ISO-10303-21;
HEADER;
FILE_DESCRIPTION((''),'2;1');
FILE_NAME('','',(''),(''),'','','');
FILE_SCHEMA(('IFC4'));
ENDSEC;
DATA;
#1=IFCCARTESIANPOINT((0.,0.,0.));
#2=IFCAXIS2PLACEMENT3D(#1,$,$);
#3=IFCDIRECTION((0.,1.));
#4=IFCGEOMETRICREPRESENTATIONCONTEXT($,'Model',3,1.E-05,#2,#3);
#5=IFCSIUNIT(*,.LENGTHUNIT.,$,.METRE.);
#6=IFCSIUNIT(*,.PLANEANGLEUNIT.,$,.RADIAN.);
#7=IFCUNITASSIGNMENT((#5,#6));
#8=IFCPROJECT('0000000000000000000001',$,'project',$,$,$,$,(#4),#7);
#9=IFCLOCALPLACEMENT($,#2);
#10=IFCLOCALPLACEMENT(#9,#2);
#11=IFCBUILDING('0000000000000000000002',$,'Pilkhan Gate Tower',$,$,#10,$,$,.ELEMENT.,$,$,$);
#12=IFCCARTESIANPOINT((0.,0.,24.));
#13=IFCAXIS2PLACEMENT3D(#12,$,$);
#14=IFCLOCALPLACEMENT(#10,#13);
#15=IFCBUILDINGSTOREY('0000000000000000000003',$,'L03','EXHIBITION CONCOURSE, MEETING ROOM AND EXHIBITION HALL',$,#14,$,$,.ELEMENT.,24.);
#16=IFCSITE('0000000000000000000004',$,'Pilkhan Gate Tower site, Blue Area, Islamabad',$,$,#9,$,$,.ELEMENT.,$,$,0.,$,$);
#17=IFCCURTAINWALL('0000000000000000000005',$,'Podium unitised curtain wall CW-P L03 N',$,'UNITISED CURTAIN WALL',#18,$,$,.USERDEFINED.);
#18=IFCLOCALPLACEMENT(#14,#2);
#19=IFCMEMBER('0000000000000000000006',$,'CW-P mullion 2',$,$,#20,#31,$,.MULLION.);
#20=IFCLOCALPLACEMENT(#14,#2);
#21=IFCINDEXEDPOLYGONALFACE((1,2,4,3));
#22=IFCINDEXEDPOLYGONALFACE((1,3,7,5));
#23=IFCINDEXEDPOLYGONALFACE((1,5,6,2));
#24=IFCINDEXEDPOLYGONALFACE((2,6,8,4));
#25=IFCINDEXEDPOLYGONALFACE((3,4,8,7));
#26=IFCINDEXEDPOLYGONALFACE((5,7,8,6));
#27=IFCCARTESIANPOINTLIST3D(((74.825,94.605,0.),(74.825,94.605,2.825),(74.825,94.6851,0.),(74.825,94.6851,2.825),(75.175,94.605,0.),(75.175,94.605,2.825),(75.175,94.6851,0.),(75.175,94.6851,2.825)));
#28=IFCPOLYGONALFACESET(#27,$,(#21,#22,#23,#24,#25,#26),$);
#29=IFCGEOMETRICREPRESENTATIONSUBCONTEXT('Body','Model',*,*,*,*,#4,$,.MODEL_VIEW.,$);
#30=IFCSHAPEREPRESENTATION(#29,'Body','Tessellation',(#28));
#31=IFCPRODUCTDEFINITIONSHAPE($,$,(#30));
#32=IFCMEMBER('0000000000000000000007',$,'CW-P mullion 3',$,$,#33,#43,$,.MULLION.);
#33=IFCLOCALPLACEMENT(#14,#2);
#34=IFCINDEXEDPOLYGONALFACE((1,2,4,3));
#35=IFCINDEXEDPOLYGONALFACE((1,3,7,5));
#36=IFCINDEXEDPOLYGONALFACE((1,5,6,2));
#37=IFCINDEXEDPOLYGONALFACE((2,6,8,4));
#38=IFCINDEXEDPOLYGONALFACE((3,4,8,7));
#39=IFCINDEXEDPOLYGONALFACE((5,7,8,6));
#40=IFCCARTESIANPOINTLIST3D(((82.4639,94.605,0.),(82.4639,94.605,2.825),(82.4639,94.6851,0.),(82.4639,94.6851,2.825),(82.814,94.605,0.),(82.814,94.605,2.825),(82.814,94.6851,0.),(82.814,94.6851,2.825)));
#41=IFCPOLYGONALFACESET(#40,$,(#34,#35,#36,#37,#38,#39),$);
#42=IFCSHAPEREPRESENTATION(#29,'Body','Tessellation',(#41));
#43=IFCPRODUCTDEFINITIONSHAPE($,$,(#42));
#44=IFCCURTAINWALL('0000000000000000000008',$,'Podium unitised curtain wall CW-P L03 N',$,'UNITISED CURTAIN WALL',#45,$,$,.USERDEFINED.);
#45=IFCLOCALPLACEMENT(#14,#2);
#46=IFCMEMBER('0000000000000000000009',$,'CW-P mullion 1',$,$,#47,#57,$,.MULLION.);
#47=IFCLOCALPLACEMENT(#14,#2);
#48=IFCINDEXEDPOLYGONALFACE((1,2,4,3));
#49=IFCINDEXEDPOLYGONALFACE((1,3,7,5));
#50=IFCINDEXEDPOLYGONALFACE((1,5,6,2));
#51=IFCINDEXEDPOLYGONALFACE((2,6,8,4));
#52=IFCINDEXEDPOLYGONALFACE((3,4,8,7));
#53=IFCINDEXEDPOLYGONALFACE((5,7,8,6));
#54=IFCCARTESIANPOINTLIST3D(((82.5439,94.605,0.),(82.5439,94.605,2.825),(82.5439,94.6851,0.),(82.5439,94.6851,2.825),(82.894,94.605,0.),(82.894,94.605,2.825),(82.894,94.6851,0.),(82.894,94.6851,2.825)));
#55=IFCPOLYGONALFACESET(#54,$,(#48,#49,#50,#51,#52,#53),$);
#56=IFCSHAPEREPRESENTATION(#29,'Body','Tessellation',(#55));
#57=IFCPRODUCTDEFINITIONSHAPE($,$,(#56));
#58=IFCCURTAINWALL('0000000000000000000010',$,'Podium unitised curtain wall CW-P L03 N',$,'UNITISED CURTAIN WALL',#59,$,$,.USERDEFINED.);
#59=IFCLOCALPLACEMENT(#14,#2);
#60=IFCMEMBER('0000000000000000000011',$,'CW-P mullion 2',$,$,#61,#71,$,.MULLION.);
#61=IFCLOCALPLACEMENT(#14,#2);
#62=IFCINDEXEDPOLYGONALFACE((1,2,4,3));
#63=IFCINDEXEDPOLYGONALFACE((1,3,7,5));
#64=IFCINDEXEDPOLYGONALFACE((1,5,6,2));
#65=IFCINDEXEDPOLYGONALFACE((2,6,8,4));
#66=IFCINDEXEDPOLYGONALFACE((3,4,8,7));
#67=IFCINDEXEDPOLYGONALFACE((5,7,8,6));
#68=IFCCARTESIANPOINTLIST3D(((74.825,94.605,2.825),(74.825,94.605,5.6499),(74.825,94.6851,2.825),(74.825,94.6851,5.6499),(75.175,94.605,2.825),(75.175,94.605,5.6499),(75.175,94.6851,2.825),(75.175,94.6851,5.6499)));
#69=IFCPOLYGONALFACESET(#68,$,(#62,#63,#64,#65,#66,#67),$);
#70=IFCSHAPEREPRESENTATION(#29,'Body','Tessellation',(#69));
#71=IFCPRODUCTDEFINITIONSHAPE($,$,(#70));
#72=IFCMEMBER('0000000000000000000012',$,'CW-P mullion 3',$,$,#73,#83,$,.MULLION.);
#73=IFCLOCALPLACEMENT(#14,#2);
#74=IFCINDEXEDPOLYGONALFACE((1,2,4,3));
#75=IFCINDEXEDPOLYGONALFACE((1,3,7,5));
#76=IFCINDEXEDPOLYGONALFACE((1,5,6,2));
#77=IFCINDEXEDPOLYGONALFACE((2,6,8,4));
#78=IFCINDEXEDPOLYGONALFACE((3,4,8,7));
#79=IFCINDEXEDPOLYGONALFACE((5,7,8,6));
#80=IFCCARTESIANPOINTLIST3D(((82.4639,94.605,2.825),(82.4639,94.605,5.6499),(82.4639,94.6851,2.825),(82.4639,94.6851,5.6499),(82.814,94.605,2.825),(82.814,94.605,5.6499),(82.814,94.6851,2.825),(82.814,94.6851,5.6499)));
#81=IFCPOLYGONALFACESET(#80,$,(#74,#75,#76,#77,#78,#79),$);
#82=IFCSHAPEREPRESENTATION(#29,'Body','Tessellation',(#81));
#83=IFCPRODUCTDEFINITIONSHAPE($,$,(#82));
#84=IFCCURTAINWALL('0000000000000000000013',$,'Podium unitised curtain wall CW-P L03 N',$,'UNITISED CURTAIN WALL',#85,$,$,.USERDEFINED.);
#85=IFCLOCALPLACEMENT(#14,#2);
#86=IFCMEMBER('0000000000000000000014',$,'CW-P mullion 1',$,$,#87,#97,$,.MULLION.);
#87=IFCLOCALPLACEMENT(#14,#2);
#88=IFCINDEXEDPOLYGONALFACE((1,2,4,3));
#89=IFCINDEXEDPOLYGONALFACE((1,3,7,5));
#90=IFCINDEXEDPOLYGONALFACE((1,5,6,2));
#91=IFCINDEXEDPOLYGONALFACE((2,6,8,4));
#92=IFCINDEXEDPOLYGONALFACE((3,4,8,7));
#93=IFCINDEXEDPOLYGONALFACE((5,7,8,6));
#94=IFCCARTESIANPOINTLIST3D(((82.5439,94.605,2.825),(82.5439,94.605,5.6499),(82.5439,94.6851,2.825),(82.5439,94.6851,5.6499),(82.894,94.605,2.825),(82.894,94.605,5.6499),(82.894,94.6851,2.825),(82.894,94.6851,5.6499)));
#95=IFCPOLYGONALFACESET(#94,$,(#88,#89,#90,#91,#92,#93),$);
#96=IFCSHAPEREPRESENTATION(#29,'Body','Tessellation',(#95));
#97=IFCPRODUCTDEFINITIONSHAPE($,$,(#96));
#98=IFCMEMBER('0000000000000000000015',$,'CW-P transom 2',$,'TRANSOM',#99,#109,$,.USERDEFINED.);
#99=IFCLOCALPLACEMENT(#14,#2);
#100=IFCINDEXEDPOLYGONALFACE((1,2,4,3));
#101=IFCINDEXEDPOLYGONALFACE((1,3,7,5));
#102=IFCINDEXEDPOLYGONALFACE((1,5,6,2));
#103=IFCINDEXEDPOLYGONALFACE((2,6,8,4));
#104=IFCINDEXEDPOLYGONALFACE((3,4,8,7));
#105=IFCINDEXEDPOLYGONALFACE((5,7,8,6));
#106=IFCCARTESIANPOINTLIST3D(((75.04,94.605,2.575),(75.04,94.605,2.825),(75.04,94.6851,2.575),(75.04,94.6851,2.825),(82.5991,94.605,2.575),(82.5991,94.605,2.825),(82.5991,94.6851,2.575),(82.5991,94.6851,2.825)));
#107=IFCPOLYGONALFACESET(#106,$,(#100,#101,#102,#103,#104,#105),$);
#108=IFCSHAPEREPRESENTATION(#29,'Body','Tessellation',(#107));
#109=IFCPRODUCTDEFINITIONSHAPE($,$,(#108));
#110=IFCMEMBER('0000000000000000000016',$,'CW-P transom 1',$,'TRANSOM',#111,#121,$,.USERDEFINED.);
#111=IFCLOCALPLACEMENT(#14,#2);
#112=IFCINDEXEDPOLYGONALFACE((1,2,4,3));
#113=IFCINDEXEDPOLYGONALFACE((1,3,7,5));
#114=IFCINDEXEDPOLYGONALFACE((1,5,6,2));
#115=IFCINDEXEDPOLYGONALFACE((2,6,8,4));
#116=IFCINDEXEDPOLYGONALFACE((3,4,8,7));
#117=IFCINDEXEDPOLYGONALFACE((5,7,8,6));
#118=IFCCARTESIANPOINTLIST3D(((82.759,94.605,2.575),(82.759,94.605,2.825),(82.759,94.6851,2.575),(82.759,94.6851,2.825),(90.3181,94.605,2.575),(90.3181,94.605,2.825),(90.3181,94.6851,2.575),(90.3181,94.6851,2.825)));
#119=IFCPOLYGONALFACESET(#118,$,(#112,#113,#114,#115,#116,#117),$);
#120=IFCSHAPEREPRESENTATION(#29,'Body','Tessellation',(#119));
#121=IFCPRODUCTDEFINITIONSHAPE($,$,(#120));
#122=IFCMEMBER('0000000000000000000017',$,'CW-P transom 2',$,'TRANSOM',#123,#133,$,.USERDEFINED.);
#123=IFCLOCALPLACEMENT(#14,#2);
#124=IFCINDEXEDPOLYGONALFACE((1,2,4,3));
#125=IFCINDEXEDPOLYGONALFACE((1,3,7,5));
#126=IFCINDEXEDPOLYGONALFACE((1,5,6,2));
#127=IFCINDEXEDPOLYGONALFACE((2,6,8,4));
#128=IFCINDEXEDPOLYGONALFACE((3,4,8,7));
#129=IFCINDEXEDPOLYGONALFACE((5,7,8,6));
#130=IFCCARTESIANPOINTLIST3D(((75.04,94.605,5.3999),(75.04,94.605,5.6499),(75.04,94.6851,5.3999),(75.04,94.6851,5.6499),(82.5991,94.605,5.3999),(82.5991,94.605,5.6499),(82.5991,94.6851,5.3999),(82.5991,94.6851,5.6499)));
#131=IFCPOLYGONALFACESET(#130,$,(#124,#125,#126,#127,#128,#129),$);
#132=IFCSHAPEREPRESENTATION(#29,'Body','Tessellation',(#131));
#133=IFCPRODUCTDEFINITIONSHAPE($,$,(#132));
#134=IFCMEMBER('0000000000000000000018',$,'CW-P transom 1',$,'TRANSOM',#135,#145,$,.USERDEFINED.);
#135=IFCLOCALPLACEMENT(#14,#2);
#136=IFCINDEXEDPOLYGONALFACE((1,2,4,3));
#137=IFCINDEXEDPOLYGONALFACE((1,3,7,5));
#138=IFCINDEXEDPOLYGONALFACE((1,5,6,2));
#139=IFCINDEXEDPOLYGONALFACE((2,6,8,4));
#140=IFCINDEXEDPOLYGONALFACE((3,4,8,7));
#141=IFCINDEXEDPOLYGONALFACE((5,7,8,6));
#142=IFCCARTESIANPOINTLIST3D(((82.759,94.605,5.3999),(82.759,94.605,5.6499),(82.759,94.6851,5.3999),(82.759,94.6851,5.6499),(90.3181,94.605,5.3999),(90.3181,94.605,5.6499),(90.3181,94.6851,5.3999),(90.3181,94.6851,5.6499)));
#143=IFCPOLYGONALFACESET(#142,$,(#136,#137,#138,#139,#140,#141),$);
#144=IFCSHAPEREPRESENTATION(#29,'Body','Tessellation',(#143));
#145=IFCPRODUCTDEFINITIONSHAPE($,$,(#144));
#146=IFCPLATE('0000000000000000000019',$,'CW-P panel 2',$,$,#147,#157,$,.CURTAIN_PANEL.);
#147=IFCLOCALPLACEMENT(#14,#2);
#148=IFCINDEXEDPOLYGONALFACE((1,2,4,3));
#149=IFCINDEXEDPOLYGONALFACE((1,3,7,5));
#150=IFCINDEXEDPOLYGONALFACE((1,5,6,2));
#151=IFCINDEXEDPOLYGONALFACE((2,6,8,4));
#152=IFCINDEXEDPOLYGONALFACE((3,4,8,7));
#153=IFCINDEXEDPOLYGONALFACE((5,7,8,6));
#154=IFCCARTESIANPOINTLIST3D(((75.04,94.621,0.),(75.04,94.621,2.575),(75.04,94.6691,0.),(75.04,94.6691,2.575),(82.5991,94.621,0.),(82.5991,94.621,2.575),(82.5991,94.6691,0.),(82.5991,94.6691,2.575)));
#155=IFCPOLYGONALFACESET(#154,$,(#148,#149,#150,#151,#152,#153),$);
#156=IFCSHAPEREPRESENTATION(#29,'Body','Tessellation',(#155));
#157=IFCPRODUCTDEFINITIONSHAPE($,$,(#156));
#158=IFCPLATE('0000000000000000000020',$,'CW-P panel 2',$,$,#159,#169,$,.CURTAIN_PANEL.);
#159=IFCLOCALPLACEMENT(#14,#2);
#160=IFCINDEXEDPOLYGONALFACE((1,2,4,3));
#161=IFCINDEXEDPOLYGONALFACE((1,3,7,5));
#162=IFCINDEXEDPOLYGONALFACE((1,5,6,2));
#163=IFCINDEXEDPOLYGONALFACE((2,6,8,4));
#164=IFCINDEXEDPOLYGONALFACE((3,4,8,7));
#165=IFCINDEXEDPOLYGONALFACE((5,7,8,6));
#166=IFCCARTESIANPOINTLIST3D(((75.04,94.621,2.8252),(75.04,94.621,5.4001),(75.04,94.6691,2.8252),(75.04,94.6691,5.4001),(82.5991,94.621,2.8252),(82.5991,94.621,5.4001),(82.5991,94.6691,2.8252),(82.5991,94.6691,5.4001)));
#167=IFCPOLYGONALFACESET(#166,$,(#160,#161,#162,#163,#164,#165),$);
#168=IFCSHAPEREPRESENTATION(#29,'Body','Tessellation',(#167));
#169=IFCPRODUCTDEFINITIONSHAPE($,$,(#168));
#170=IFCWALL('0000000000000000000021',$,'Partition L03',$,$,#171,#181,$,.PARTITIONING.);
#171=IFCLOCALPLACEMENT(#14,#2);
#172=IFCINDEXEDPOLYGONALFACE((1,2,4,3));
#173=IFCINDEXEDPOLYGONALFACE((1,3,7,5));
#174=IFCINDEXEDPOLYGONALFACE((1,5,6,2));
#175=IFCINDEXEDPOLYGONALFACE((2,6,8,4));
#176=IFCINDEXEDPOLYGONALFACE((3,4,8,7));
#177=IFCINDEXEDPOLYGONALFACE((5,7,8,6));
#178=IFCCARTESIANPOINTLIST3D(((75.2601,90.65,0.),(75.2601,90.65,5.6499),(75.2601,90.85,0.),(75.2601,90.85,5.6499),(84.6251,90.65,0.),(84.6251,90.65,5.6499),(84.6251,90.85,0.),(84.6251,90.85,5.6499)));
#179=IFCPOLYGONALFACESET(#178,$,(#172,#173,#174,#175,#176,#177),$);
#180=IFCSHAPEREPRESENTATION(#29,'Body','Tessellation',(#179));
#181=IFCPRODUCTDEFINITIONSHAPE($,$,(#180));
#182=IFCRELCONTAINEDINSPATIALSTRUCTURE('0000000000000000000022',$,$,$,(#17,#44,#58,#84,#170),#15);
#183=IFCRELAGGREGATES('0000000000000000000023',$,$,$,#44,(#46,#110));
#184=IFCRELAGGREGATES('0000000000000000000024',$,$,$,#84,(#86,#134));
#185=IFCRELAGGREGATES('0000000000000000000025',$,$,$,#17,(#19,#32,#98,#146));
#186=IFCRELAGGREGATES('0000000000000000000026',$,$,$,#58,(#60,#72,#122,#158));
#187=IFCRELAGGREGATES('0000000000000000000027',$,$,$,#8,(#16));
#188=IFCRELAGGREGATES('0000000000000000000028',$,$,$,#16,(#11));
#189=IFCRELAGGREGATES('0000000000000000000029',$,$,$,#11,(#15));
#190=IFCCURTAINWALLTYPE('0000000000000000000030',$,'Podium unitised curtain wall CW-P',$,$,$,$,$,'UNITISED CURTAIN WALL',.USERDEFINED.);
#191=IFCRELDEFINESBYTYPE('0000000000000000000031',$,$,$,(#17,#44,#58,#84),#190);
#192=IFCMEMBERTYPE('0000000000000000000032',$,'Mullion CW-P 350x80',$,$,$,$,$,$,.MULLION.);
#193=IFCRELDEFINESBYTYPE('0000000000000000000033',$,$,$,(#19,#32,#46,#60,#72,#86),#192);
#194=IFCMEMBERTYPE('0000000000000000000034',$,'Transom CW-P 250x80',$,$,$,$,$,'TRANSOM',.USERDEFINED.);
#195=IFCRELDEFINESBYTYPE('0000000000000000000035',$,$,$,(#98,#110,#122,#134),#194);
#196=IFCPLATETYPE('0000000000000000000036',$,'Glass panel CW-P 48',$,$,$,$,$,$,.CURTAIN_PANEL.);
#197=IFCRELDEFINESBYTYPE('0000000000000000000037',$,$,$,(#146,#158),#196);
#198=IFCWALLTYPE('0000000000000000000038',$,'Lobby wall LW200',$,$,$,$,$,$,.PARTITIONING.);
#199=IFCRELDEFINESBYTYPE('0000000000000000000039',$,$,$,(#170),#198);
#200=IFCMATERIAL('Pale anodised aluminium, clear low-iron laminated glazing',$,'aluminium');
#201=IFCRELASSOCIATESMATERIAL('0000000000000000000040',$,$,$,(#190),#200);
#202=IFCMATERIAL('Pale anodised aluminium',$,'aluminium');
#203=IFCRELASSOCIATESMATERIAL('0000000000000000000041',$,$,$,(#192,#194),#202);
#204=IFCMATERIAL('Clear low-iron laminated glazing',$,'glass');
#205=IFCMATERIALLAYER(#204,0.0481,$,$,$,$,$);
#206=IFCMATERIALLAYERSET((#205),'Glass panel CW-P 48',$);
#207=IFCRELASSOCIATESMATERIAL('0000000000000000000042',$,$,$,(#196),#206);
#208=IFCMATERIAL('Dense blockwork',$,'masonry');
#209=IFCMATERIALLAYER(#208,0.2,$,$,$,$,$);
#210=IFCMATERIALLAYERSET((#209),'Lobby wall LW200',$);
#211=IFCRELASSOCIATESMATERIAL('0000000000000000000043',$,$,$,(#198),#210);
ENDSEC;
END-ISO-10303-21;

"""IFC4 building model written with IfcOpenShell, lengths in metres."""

from ifc_helpers import new_model, si_unit, direction, frame, frame_2d, origin, origin_2d, place, context, subcontext, project, spatial, rectangle, extrude, material, layer, layer_set, material_profile, profile_set, type_object, element, aggregate, save


model = new_model("IFC4")

# Units and contexts
model_context = context("Model", 3, precision=1e-05, world=origin(), true_north=direction((0.0, 1.0)))
body_context = subcontext(model_context, "Body", "Model", "MODEL_VIEW")
ifc_project = project(units=[si_unit("LENGTHUNIT", "METRE"), si_unit("PLANEANGLEUNIT", "RADIAN")], contexts=[model_context])

# Site, building, storey
site_placement = place(None, origin())
site = spatial("IfcSite", under=ifc_project, at=site_placement, Name="Pilkhan Gate Tower site, Blue Area, Islamabad", CompositionType="ELEMENT", RefElevation=0.0)
building_placement = place(site_placement, origin())
building = spatial("IfcBuilding", under=site, at=building_placement, Name="Pilkhan Gate Tower", CompositionType="ELEMENT")
storey_placement = place(building_placement, frame((0.0, 0.0, 24.0)))
storey = spatial("IfcBuildingStorey", under=building, at=storey_placement, Name="L03", Description="EXHIBITION CONCOURSE, MEETING ROOM AND EXHIBITION HALL", CompositionType="ELEMENT", Elevation=24.0)

# Curtain wall, members
ifc_material_1 = material(Name="Pale anodised aluminium, clear low-iron laminated glazing", Category="aluminium")
curtain_wall_type = type_object("IfcCurtainWallType", Name="Podium unitised curtain wall CW-P", ElementType="UNITISED CURTAIN WALL", PredefinedType="USERDEFINED", material=ifc_material_1)
curtain_wall_1_placement = place(storey_placement, origin())
curtain_wall_1 = element("IfcCurtainWall", 1, at=curtain_wall_1_placement, inside=storey, type_object=curtain_wall_type, Name="Podium unitised curtain wall CW-P L03 N", ObjectType="UNITISED CURTAIN WALL", PredefinedType="USERDEFINED")
ifc_material_2 = material(Name="Pale anodised aluminium", Category="aluminium")
ifc_material_profile_1 = material_profile(ifc_material_2, rectangle(XDim=0.0801, YDim=0.3501, at=origin_2d()), Name="Mullion 350x80")
ifc_profile_set_1 = profile_set([ifc_material_profile_1], Name="Pale anodised aluminium")
member_type_1 = type_object("IfcMemberType", Name="Mullion CW-P 350x80", PredefinedType="MULLION", material=ifc_profile_set_1)
member_1_placement = place(storey_placement, frame((75.0, 94.645, 0.0), z_axis=(0.0, 0.0, 1.0), x_axis=(0.0, 1.0, 0.0)))
member_1 = element("IfcMember", 2, at=member_1_placement, type_object=member_type_1, Name="CW-P mullion 2", PredefinedType="MULLION", context=body_context, shape_type="SweptSolid", body=[
    extrude(rectangle(XDim=0.0801, YDim=0.3501, at=origin_2d()), origin(), (0.0, 0.0, 1.0), 2.825),
])
member_2_placement = place(storey_placement, frame((82.6389, 94.645, 0.0), z_axis=(0.0, 0.0, 1.0), x_axis=(0.0, 1.0, 0.0)))
member_2 = element("IfcMember", 3, at=member_2_placement, type_object=member_type_1, Name="CW-P mullion 3", PredefinedType="MULLION", context=body_context, shape_type="SweptSolid", body=[
    extrude(rectangle(XDim=0.0801, YDim=0.3501, at=origin_2d()), origin(), (0.0, 0.0, 1.0), 2.825),
])

# Curtain wall, member
curtain_wall_2_placement = place(storey_placement, origin())
curtain_wall_2 = element("IfcCurtainWall", 4, at=curtain_wall_2_placement, inside=storey, type_object=curtain_wall_type, Name="Podium unitised curtain wall CW-P L03 N", ObjectType="UNITISED CURTAIN WALL", PredefinedType="USERDEFINED")
member_3_placement = place(storey_placement, frame((82.719, 94.645, 0.0), z_axis=(0.0, 0.0, 1.0), x_axis=(0.0, 1.0, 0.0)))
member_3 = element("IfcMember", 5, at=member_3_placement, type_object=member_type_1, Name="CW-P mullion 1", PredefinedType="MULLION", context=body_context, shape_type="SweptSolid", body=[
    extrude(rectangle(XDim=0.0801, YDim=0.3501, at=origin_2d()), origin(), (0.0, 0.0, 1.0), 2.825),
])

# Curtain wall, members
curtain_wall_3_placement = place(storey_placement, origin())
curtain_wall_3 = element("IfcCurtainWall", 6, at=curtain_wall_3_placement, inside=storey, type_object=curtain_wall_type, Name="Podium unitised curtain wall CW-P L03 N", ObjectType="UNITISED CURTAIN WALL", PredefinedType="USERDEFINED")
member_4_placement = place(storey_placement, frame((75.0, 94.645, 2.825), z_axis=(0.0, 0.0, 1.0), x_axis=(0.0, 1.0, 0.0)))
member_4 = element("IfcMember", 7, at=member_4_placement, type_object=member_type_1, Name="CW-P mullion 2", PredefinedType="MULLION", context=body_context, shape_type="SweptSolid", body=[
    extrude(rectangle(XDim=0.0801, YDim=0.3501, at=origin_2d()), origin(), (0.0, 0.0, 1.0), 2.825),
])
member_5_placement = place(storey_placement, frame((82.6389, 94.645, 2.825), z_axis=(0.0, 0.0, 1.0), x_axis=(0.0, 1.0, 0.0)))
member_5 = element("IfcMember", 8, at=member_5_placement, type_object=member_type_1, Name="CW-P mullion 3", PredefinedType="MULLION", context=body_context, shape_type="SweptSolid", body=[
    extrude(rectangle(XDim=0.0801, YDim=0.3501, at=origin_2d()), origin(), (0.0, 0.0, 1.0), 2.825),
])

# Curtain wall, member
curtain_wall_4_placement = place(storey_placement, origin())
curtain_wall_4 = element("IfcCurtainWall", 9, at=curtain_wall_4_placement, inside=storey, type_object=curtain_wall_type, Name="Podium unitised curtain wall CW-P L03 N", ObjectType="UNITISED CURTAIN WALL", PredefinedType="USERDEFINED")
member_6_placement = place(storey_placement, frame((82.719, 94.645, 2.825), z_axis=(0.0, 0.0, 1.0), x_axis=(0.0, 1.0, 0.0)))
member_6 = element("IfcMember", 10, at=member_6_placement, type_object=member_type_1, Name="CW-P mullion 1", PredefinedType="MULLION", context=body_context, shape_type="SweptSolid", body=[
    extrude(rectangle(XDim=0.0801, YDim=0.3501, at=origin_2d()), origin(), (0.0, 0.0, 1.0), 2.825),
])

# Members
ifc_material_profile_2 = material_profile(ifc_material_2, rectangle(XDim=0.0801, YDim=0.25, at=origin_2d()), Name="Transom 250x80")
ifc_profile_set_2 = profile_set([ifc_material_profile_2], Name="Pale anodised aluminium")
member_type_2 = type_object("IfcMemberType", Name="Transom CW-P 250x80", ElementType="TRANSOM", PredefinedType="USERDEFINED", material=ifc_profile_set_2)
member_7_placement = place(storey_placement, frame((75.04, 94.645, 2.7), z_axis=(1.0, 0.0, 0.0), x_axis=(0.0, 1.0, 0.0)))
member_7 = element("IfcMember", 11, at=member_7_placement, type_object=member_type_2, Name="CW-P transom 2", ObjectType="TRANSOM", PredefinedType="USERDEFINED", context=body_context, shape_type="SweptSolid", body=[
    extrude(rectangle(XDim=0.0801, YDim=0.25, at=origin_2d()), origin(), (0.0, 0.0, 1.0), 7.5591),
])
member_8_placement = place(storey_placement, frame((82.759, 94.645, 2.7), z_axis=(1.0, 0.0, 0.0), x_axis=(0.0, 1.0, 0.0)))
member_8 = element("IfcMember", 12, at=member_8_placement, type_object=member_type_2, Name="CW-P transom 1", ObjectType="TRANSOM", PredefinedType="USERDEFINED", context=body_context, shape_type="SweptSolid", body=[
    extrude(rectangle(XDim=0.0801, YDim=0.25, at=origin_2d()), origin(), (0.0, 0.0, 1.0), 7.5591),
])
aggregate(curtain_wall_2, [member_3, member_8])
member_9_placement = place(storey_placement, frame((75.04, 94.645, 5.5249), z_axis=(1.0, 0.0, 0.0), x_axis=(0.0, 1.0, 0.0)))
member_9 = element("IfcMember", 13, at=member_9_placement, type_object=member_type_2, Name="CW-P transom 2", ObjectType="TRANSOM", PredefinedType="USERDEFINED", context=body_context, shape_type="SweptSolid", body=[
    extrude(rectangle(XDim=0.0801, YDim=0.25, at=origin_2d()), origin(), (0.0, 0.0, 1.0), 7.5591),
])
member_10_placement = place(storey_placement, frame((82.759, 94.645, 5.5249), z_axis=(1.0, 0.0, 0.0), x_axis=(0.0, 1.0, 0.0)))
member_10 = element("IfcMember", 14, at=member_10_placement, type_object=member_type_2, Name="CW-P transom 1", ObjectType="TRANSOM", PredefinedType="USERDEFINED", context=body_context, shape_type="SweptSolid", body=[
    extrude(rectangle(XDim=0.0801, YDim=0.25, at=origin_2d()), origin(), (0.0, 0.0, 1.0), 7.5591),
])
aggregate(curtain_wall_4, [member_6, member_10])

# Plates
ifc_material_3 = material(Name="Clear low-iron laminated glazing", Category="glass")
ifc_layer_1 = layer(ifc_material_3, 0.0481)
ifc_layer_set_1 = layer_set([ifc_layer_1], Name="Glass panel CW-P 48")
plate_type = type_object("IfcPlateType", Name="Glass panel CW-P 48", PredefinedType="CURTAIN_PANEL", material=ifc_layer_set_1)
plate_1_placement = place(storey_placement, frame((78.8196, 94.645, 0.0), z_axis=(0.0, 0.0, 1.0), x_axis=(1.0, 0.0, 0.0)))
plate_1 = element("IfcPlate", 15, at=plate_1_placement, type_object=plate_type, Name="CW-P panel 2", PredefinedType="CURTAIN_PANEL", context=body_context, shape_type="SweptSolid", body=[
    extrude(rectangle(XDim=7.5591, YDim=0.0481, at=origin_2d()), origin(), (0.0, 0.0, 1.0), 2.575),
])
aggregate(curtain_wall_1, [member_1, member_2, member_7, plate_1])
plate_2_placement = place(storey_placement, frame((78.8196, 94.645, 2.8252), z_axis=(0.0, 0.0, 1.0), x_axis=(1.0, 0.0, 0.0)))
plate_2 = element("IfcPlate", 16, at=plate_2_placement, type_object=plate_type, Name="CW-P panel 2", PredefinedType="CURTAIN_PANEL", context=body_context, shape_type="SweptSolid", body=[
    extrude(rectangle(XDim=7.5591, YDim=0.0481, at=origin_2d()), origin(), (0.0, 0.0, 1.0), 2.575),
])
aggregate(curtain_wall_3, [member_4, member_5, member_9, plate_2])

# Wall
ifc_material_4 = material(Name="Dense blockwork", Category="masonry")
ifc_layer_2 = layer(ifc_material_4, 0.2)
ifc_layer_set_2 = layer_set([ifc_layer_2], Name="Lobby wall LW200")
wall_type = type_object("IfcWallType", Name="Lobby wall LW200", PredefinedType="PARTITIONING", material=ifc_layer_set_2)
wall_placement = place(storey_placement, frame((75.26, 90.75, 0.0), z_axis=(0.0, 0.0, 1.0), x_axis=(1.0, 0.0, 0.0)))
element("IfcWall", 17, at=wall_placement, inside=storey, type_object=wall_type, Name="Partition L03", PredefinedType="PARTITIONING", context=body_context, shape_type="SweptSolid", body=[
    extrude(rectangle(XDim=9.365, YDim=0.2, at=frame_2d((4.6826, 0.0))), origin(), (0.0, 0.0, 1.0), 5.6499),
])

save(model, "model.ifc")
